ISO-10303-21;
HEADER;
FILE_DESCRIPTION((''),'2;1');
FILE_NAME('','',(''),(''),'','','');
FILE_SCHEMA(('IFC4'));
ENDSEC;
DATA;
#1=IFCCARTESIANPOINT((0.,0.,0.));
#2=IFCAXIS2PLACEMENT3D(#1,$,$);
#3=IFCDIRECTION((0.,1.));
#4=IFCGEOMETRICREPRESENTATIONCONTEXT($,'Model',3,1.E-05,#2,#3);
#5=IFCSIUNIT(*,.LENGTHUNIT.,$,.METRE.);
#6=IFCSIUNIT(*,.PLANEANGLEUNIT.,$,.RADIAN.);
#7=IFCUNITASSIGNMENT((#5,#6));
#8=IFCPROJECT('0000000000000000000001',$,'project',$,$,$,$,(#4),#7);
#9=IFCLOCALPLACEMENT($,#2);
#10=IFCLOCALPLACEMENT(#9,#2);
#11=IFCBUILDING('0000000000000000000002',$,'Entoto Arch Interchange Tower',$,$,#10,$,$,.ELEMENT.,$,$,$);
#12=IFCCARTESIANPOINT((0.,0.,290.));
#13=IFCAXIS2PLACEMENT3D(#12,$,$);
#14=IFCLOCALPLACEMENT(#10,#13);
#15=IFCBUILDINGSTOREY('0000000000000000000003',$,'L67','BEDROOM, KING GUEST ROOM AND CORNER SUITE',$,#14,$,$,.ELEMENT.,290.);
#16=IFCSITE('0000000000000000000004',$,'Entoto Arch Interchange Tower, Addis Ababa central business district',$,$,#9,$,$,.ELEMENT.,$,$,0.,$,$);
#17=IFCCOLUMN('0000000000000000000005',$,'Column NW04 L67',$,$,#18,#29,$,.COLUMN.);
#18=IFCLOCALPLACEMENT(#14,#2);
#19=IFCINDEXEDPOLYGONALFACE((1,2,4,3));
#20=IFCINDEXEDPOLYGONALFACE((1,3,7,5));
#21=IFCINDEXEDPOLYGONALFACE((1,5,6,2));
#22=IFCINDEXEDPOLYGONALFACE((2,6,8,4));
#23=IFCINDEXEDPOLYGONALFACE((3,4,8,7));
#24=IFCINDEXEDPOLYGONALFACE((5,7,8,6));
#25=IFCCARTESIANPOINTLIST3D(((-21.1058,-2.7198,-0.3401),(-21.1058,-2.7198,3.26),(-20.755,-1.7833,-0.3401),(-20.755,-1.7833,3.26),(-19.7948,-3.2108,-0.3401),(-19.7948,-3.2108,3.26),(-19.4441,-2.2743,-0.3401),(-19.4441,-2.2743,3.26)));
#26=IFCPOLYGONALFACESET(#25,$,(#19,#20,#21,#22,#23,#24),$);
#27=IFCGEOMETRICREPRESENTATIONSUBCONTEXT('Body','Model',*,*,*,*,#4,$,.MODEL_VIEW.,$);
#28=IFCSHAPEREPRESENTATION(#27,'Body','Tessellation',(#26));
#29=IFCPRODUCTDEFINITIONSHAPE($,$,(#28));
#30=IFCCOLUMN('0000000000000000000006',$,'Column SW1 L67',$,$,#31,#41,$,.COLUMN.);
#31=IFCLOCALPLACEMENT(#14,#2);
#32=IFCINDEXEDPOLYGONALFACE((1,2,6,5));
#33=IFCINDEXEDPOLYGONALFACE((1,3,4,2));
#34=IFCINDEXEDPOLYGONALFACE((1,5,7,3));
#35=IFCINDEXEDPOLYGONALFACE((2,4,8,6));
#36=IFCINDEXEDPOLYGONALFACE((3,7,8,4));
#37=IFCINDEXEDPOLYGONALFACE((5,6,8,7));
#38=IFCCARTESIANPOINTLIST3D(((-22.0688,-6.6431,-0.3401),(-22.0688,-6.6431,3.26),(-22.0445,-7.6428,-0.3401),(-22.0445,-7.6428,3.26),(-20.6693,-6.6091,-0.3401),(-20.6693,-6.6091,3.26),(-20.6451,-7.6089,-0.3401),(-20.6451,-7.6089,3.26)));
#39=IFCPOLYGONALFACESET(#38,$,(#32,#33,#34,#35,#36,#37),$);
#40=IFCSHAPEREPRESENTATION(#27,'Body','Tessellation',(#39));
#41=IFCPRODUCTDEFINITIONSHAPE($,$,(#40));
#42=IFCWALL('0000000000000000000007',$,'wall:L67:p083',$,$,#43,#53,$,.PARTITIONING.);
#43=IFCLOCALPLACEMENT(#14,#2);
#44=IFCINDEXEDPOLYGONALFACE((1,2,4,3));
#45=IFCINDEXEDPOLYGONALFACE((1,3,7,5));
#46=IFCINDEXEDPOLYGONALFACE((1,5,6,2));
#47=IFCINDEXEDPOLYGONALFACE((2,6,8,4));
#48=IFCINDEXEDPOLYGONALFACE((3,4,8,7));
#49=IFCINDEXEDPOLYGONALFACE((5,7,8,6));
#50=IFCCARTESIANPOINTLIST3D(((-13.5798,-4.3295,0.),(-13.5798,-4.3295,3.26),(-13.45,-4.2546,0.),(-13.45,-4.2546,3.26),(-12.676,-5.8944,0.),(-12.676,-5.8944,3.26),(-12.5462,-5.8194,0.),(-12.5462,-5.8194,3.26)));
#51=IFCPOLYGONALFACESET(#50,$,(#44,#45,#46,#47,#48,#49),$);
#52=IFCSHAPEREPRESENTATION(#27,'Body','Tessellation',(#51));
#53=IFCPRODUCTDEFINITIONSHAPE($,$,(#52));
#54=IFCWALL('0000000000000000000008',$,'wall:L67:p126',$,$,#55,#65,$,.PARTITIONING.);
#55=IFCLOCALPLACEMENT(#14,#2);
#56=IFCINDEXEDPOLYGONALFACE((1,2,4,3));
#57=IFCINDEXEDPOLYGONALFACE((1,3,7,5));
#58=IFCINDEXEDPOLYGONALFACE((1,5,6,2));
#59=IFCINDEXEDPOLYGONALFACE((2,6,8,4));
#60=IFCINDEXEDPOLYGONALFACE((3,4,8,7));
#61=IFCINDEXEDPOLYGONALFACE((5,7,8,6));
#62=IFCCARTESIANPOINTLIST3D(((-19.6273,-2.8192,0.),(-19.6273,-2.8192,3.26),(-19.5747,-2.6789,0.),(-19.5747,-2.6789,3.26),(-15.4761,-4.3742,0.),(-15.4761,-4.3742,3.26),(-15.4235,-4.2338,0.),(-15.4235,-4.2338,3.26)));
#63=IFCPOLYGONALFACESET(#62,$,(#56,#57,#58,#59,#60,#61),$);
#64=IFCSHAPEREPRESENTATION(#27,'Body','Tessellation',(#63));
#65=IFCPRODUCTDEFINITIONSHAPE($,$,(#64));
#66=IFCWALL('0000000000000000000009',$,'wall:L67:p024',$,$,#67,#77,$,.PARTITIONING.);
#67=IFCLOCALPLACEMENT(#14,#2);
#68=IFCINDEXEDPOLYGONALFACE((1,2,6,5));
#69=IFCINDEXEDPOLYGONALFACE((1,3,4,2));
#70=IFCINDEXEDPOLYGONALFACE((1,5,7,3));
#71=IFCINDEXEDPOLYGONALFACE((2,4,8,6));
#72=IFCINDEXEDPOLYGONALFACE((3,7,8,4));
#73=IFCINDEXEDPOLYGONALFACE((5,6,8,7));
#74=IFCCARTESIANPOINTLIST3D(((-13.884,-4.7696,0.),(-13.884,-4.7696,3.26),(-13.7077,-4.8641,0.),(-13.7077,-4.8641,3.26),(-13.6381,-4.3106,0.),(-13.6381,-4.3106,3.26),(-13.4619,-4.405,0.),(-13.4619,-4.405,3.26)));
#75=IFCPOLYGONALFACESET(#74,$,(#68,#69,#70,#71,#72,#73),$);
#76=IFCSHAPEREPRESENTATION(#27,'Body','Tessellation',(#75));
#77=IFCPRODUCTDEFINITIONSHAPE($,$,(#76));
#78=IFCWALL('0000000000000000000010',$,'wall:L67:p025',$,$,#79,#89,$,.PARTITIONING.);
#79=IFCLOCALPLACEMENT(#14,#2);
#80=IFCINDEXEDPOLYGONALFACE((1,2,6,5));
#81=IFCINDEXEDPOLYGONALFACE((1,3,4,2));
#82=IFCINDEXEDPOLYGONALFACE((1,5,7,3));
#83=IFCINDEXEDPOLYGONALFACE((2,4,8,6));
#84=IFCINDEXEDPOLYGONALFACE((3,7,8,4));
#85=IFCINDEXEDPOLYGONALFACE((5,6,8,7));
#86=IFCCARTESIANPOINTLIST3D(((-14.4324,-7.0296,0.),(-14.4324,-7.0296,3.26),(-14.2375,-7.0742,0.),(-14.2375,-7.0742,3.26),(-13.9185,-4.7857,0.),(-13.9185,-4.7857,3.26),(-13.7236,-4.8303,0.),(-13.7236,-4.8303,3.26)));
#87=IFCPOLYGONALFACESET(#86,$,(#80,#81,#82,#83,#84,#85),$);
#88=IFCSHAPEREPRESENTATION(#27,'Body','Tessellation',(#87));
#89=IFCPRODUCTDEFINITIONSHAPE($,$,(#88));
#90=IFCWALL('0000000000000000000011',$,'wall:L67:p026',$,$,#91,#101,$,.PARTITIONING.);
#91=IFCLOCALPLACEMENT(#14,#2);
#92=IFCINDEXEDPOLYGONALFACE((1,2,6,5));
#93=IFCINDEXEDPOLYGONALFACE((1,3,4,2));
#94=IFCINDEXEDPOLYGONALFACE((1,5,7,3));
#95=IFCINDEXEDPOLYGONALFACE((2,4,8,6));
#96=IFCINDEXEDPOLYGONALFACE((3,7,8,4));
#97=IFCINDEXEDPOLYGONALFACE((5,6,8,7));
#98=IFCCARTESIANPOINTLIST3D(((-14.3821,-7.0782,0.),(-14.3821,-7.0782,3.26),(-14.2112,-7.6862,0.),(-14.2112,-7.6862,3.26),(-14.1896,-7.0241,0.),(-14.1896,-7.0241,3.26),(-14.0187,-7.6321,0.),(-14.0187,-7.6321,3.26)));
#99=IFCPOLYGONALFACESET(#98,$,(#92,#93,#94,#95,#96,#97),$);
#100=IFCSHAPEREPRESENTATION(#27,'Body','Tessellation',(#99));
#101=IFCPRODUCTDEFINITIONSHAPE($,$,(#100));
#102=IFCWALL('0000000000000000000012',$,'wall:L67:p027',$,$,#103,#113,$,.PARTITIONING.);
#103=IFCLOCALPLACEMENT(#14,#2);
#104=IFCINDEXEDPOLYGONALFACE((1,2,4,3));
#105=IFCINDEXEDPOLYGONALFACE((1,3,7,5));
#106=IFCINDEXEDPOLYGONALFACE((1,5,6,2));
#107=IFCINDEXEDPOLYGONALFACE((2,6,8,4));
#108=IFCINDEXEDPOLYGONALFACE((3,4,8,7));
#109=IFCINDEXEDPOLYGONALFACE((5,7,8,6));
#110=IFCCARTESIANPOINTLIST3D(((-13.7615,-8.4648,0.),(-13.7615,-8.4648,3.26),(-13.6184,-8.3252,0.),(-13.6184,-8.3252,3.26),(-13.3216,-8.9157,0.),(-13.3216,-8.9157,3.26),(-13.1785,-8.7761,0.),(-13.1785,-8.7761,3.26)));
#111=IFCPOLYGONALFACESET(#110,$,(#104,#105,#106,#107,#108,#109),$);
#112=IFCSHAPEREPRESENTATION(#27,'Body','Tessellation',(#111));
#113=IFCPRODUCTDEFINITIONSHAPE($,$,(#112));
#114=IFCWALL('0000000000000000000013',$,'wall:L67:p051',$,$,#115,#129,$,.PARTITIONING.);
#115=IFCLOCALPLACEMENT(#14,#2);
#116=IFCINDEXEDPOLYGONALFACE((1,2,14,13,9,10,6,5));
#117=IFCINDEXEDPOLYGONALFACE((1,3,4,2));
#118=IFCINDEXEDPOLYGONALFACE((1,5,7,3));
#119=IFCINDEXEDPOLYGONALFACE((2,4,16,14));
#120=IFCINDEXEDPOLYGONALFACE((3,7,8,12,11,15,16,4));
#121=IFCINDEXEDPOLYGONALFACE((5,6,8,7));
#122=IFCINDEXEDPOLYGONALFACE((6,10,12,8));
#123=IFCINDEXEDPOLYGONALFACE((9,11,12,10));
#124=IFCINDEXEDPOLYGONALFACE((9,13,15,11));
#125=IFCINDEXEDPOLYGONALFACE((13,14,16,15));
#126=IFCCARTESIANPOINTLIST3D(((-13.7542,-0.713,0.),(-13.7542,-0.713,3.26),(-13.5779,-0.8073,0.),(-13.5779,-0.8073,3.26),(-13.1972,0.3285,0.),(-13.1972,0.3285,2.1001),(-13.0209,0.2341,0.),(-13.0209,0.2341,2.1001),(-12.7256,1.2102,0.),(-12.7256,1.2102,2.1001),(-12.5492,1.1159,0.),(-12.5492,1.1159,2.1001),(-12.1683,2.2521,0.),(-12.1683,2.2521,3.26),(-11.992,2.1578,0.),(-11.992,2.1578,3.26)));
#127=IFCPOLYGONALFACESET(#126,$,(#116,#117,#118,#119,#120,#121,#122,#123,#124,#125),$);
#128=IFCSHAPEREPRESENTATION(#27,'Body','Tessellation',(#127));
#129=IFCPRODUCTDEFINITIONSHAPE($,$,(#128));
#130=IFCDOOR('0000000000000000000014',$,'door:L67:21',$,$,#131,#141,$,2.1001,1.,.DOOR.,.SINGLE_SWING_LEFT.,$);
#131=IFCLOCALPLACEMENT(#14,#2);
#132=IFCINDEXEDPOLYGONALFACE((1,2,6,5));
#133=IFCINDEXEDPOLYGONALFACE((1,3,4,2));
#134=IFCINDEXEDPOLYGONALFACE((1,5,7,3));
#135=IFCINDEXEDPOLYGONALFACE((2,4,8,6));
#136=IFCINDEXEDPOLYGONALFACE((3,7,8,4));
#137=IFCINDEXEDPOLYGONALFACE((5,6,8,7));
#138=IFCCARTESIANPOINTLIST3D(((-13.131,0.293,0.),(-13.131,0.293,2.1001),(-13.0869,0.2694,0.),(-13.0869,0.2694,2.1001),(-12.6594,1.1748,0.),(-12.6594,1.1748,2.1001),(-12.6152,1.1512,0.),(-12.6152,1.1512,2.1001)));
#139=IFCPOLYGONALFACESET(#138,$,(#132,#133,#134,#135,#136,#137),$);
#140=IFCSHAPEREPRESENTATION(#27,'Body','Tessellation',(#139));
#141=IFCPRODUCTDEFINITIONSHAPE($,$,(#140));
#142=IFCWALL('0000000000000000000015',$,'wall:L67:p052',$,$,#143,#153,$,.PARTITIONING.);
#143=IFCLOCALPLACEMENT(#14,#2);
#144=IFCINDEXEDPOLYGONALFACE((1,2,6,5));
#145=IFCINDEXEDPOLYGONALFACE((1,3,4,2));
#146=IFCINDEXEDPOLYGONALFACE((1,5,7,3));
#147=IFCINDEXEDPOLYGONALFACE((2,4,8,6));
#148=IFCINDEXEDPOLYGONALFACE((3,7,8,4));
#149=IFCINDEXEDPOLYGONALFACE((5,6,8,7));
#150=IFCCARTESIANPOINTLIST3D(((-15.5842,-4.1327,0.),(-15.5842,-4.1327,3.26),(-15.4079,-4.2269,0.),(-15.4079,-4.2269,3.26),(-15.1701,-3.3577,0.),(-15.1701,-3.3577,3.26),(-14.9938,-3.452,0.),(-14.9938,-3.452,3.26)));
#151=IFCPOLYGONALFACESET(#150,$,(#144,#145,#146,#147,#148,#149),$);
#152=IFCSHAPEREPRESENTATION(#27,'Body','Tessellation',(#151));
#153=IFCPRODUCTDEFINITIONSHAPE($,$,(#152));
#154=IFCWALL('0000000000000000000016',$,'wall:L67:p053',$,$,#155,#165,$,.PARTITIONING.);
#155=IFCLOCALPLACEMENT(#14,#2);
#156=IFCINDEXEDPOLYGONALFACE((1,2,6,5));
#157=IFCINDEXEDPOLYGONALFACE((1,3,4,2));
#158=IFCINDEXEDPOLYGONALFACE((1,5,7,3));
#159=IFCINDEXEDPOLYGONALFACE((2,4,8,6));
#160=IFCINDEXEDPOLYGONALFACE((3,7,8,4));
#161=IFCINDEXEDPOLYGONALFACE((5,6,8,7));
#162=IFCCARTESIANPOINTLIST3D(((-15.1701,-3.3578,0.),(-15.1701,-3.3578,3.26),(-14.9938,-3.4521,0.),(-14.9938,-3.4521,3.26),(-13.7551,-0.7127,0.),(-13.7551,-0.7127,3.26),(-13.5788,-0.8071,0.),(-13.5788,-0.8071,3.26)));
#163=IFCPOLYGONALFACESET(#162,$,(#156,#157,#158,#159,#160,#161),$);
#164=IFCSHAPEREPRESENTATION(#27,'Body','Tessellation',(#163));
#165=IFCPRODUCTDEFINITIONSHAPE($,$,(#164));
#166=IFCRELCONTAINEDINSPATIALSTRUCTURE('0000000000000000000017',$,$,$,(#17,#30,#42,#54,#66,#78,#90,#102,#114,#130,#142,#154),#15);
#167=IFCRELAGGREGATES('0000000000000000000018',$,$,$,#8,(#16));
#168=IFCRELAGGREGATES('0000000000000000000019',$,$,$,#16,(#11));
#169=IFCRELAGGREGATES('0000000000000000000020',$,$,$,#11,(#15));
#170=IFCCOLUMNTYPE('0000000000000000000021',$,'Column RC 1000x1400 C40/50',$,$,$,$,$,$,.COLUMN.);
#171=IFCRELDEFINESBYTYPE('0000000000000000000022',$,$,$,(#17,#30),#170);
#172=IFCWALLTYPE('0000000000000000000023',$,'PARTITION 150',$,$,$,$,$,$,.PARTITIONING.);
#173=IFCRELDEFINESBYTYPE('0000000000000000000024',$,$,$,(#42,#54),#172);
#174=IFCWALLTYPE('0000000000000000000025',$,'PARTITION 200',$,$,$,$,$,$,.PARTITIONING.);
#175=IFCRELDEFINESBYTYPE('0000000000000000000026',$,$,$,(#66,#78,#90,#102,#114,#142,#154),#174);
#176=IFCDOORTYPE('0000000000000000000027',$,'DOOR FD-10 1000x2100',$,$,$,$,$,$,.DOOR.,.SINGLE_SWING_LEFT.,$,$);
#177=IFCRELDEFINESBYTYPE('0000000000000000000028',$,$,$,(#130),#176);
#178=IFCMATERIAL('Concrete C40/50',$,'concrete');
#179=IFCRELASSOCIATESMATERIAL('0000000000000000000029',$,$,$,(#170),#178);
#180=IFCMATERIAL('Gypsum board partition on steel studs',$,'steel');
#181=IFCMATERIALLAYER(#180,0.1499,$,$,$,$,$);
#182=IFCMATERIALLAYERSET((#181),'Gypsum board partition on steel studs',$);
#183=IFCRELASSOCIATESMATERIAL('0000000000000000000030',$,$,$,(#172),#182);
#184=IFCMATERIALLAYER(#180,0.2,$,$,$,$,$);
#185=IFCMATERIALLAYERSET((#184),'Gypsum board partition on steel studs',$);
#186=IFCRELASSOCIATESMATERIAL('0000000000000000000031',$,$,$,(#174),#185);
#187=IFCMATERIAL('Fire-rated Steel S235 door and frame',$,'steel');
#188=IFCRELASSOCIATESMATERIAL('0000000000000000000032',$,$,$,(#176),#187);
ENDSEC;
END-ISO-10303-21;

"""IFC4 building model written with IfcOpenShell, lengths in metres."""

from ifc_helpers import new_model, si_unit, direction, frame, frame_2d, origin, origin_2d, place, context, subcontext, project, spatial, rectangle, extrude, material, layer, layer_set, material_profile, profile_set, type_object, element, fill, save


model = new_model("IFC4")

# Units and contexts
model_context = context("Model", 3, precision=1e-05, world=origin(), true_north=direction((0.0, 1.0)))
body_context = subcontext(model_context, "Body", "Model", "MODEL_VIEW")
ifc_project = project(units=[si_unit("LENGTHUNIT", "METRE"), si_unit("PLANEANGLEUNIT", "RADIAN")], contexts=[model_context])

# Site, building, storey
site_placement = place(None, origin())
site = spatial("IfcSite", under=ifc_project, at=site_placement, Name="Entoto Arch Interchange Tower, Addis Ababa central business district", CompositionType="ELEMENT", RefElevation=0.0)
building_placement = place(site_placement, origin())
building = spatial("IfcBuilding", under=site, at=building_placement, Name="Entoto Arch Interchange Tower", CompositionType="ELEMENT")
storey_placement = place(building_placement, frame((0.0, 0.0, 290.0)))
storey = spatial("IfcBuildingStorey", under=building, at=storey_placement, Name="L67", Description="BEDROOM, KING GUEST ROOM AND CORNER SUITE", CompositionType="ELEMENT", Elevation=290.0)

# Columns
ifc_material_1 = material(Name="Concrete C40/50", Category="concrete")
ifc_material_profile = material_profile(ifc_material_1, rectangle(XDim=1.0, YDim=1.3999, at=origin_2d()))
ifc_profile_set = profile_set([ifc_material_profile], Name="Concrete C40/50")
column_type = type_object("IfcColumnType", Name="Column RC 1000x1400 C40/50", PredefinedType="COLUMN", material=ifc_profile_set)
for number, where, z_axis, x_axis, name in (
    (1, (-20.2749, -2.4971, -0.3401), (0.0, 0.0, 1.0), (0.350714, 0.936483, 0.0), "Column NW04 L67"),
    (2, (-21.3569, -7.126, -0.3401), (0.0, 0.0, 1.0), (-0.024258, 0.999706, 0.0), "Column SW1 L67"),
):
    element("IfcColumn", number, at=place(storey_placement, frame(where, z_axis=z_axis, x_axis=x_axis)), inside=storey, type_object=column_type, Name=name, PredefinedType="COLUMN", context=body_context, shape_type="SweptSolid", body=[
        extrude(rectangle(XDim=1.0, YDim=1.3999, at=origin_2d()), origin(), (0.0, 0.0, 1.0), 3.6001),
    ])

# Walls
ifc_material_2 = material(Name="Gypsum board partition on steel studs", Category="steel")
ifc_layer_1 = layer(ifc_material_2, 0.1499)
ifc_layer_set_1 = layer_set([ifc_layer_1], Name="Gypsum board partition on steel studs")
wall_type_1 = type_object("IfcWallType", Name="PARTITION 150", PredefinedType="PARTITIONING", material=ifc_layer_set_1)
wall_1_placement = place(storey_placement, frame((-12.6111, -5.8569, 0.0), z_axis=(0.0, 0.0, 1.0), x_axis=(-0.50012, 0.865956, 0.0)))
element("IfcWall", 3, at=wall_1_placement, inside=storey, type_object=wall_type_1, Name="wall:L67:p083", PredefinedType="PARTITIONING", context=body_context, shape_type="SweptSolid", body=[
    extrude(rectangle(XDim=1.8071, YDim=0.1499, at=frame_2d((0.9036, 0.0))), origin(), (0.0, 0.0, 1.0), 3.26),
])
wall_2_placement = place(storey_placement, frame((-15.45, -4.304, 0.0), z_axis=(0.0, 0.0, 1.0), x_axis=(-0.936458, 0.350779, 0.0)))
element("IfcWall", 4, at=wall_2_placement, inside=storey, type_object=wall_type_1, Name="wall:L67:p126", PredefinedType="PARTITIONING", context=body_context, shape_type="SweptSolid", body=[
    extrude(rectangle(XDim=4.4329, YDim=0.1499, at=frame_2d((2.2163, 0.0))), origin(), (0.0, 0.0, 1.0), 3.26),
])
ifc_layer_2 = layer(ifc_material_2, 0.2)
ifc_layer_set_2 = layer_set([ifc_layer_2], Name="Gypsum board partition on steel studs")
wall_type_2 = type_object("IfcWallType", Name="PARTITION 200", PredefinedType="PARTITIONING", material=ifc_layer_set_2)
wall_3_placement = place(storey_placement, frame((-13.55, -4.3579, 0.0), z_axis=(0.0, 0.0, 1.0), x_axis=(-0.472169, -0.881508, 0.0)))
element("IfcWall", 5, at=wall_3_placement, inside=storey, type_object=wall_type_2, Name="wall:L67:p024", PredefinedType="PARTITIONING", context=body_context, shape_type="SweptSolid", body=[
    extrude(rectangle(XDim=0.5208, YDim=0.2, at=frame_2d((0.2603, 0.0))), origin(), (0.0, 0.0, 1.0), 3.26),
])
wall_4_placement = place(storey_placement, frame((-13.821, -4.8081, 0.0), z_axis=(0.0, 0.0, 1.0), x_axis=(-0.223248, -0.974762, 0.0)))
element("IfcWall", 6, at=wall_4_placement, inside=storey, type_object=wall_type_2, Name="wall:L67:p025", PredefinedType="PARTITIONING", context=body_context, shape_type="SweptSolid", body=[
    extrude(rectangle(XDim=2.302, YDim=0.2, at=frame_2d((1.1509, 0.0))), origin(), (0.0, 0.0, 1.0), 3.26),
])
wall_5_placement = place(storey_placement, frame((-14.2859, -7.051, 0.0), z_axis=(0.0, 0.0, 1.0), x_axis=(0.270634, -0.962682, 0.0)))
element("IfcWall", 7, at=wall_5_placement, inside=storey, type_object=wall_type_2, Name="wall:L67:p026", PredefinedType="PARTITIONING", context=body_context, shape_type="SweptSolid", body=[
    extrude(rectangle(XDim=0.6316, YDim=0.2, at=frame_2d((0.3159, 0.0))), origin(), (0.0, 0.0, 1.0), 3.26),
])
wall_6_placement = place(storey_placement, frame((-13.6899, -8.395, 0.0), z_axis=(0.0, 0.0, 1.0), x_axis=(0.698334, -0.715772, 0.0)))
element("IfcWall", 8, at=wall_6_placement, inside=storey, type_object=wall_type_2, Name="wall:L67:p027", PredefinedType="PARTITIONING", context=body_context, shape_type="SweptSolid", body=[
    extrude(rectangle(XDim=0.6299, YDim=0.2, at=frame_2d((0.3149, 0.0))), origin(), (0.0, 0.0, 1.0), 3.26),
])

# Wall, opening, door
wall_7_placement = place(storey_placement, frame((-13.666, -0.76, 0.0), z_axis=(0.0, 0.0, 1.0), x_axis=(0.471643, 0.88179, 0.0)))
wall_7 = element("IfcWall", 9, at=wall_7_placement, inside=storey, type_object=wall_type_2, Name="wall:L67:p051", PredefinedType="PARTITIONING", context=body_context, shape_type="SweptSolid", body=[
    extrude(rectangle(XDim=3.3625, YDim=0.2, at=frame_2d((1.6812, 0.0))), origin(), (0.0, 0.0, 1.0), 3.26),
])
opening_1_placement = place(wall_7_placement, frame((1.1809, 0.0, 0.0)))
opening_1 = element("IfcOpeningElement", 10, at=opening_1_placement, cuts=wall_7, PredefinedType="OPENING", context=body_context, shape_type="SweptSolid", body=[
    extrude(rectangle(XDim=1.0, YDim=2.1001, at=frame_2d((0.5, 1.05))), frame((0.0, 0.1099, 0.0), z_axis=(0.0, -1.0, 0.0), x_axis=(1.0, 0.0, 0.0)), (0.0, 0.0, 1.0), 0.22),
])
ifc_material_3 = material(Name="Fire-rated Steel S235 door and frame", Category="steel")
door_type = type_object("IfcDoorType", Name="DOOR FD-10 1000x2100", OperationType="SINGLE_SWING_LEFT", PredefinedType="DOOR", material=ifc_material_3)
door_1_placement = place(opening_1_placement, origin())
door_1 = element("IfcDoor", 11, at=door_1_placement, inside=storey, type_object=door_type, Name="door:L67:21", OperationType="SINGLE_SWING_LEFT", OverallHeight=2.1001, OverallWidth=1.0, PredefinedType="DOOR", context=body_context, shape_type="SweptSolid", body=[
    extrude(rectangle(XDim=1.0, YDim=2.1001, at=frame_2d((0.5, 1.05))), frame((0.0, 0.0249, 0.0), z_axis=(0.0, -1.0, 0.0), x_axis=(1.0, 0.0, 0.0)), (0.0, 0.0, 1.0), 0.05),
])
fill(opening_1, door_1)

# Walls
wall_8_placement = place(storey_placement, frame((-15.4961, -4.1799, 0.0), z_axis=(0.0, 0.0, 1.0), x_axis=(0.47128, 0.881983, 0.0)))
element("IfcWall", 12, at=wall_8_placement, inside=storey, type_object=wall_type_2, Name="wall:L67:p052", PredefinedType="PARTITIONING", context=body_context, shape_type="SweptSolid", body=[
    extrude(rectangle(XDim=0.8787, YDim=0.2, at=frame_2d((0.4395, 0.0))), origin(), (0.0, 0.0, 1.0), 3.26),
])
wall_9_placement = place(storey_placement, frame((-15.082, -3.405, 0.0), z_axis=(0.0, 0.0, 1.0), x_axis=(0.47172, 0.881748, 0.0)))
element("IfcWall", 13, at=wall_9_placement, inside=storey, type_object=wall_type_2, Name="wall:L67:p053", PredefinedType="PARTITIONING", context=body_context, shape_type="SweptSolid", body=[
    extrude(rectangle(XDim=2.9998, YDim=0.2, at=frame_2d((1.5, 0.0))), origin(), (0.0, 0.0, 1.0), 3.26),
])

save(model, "model.ifc")
